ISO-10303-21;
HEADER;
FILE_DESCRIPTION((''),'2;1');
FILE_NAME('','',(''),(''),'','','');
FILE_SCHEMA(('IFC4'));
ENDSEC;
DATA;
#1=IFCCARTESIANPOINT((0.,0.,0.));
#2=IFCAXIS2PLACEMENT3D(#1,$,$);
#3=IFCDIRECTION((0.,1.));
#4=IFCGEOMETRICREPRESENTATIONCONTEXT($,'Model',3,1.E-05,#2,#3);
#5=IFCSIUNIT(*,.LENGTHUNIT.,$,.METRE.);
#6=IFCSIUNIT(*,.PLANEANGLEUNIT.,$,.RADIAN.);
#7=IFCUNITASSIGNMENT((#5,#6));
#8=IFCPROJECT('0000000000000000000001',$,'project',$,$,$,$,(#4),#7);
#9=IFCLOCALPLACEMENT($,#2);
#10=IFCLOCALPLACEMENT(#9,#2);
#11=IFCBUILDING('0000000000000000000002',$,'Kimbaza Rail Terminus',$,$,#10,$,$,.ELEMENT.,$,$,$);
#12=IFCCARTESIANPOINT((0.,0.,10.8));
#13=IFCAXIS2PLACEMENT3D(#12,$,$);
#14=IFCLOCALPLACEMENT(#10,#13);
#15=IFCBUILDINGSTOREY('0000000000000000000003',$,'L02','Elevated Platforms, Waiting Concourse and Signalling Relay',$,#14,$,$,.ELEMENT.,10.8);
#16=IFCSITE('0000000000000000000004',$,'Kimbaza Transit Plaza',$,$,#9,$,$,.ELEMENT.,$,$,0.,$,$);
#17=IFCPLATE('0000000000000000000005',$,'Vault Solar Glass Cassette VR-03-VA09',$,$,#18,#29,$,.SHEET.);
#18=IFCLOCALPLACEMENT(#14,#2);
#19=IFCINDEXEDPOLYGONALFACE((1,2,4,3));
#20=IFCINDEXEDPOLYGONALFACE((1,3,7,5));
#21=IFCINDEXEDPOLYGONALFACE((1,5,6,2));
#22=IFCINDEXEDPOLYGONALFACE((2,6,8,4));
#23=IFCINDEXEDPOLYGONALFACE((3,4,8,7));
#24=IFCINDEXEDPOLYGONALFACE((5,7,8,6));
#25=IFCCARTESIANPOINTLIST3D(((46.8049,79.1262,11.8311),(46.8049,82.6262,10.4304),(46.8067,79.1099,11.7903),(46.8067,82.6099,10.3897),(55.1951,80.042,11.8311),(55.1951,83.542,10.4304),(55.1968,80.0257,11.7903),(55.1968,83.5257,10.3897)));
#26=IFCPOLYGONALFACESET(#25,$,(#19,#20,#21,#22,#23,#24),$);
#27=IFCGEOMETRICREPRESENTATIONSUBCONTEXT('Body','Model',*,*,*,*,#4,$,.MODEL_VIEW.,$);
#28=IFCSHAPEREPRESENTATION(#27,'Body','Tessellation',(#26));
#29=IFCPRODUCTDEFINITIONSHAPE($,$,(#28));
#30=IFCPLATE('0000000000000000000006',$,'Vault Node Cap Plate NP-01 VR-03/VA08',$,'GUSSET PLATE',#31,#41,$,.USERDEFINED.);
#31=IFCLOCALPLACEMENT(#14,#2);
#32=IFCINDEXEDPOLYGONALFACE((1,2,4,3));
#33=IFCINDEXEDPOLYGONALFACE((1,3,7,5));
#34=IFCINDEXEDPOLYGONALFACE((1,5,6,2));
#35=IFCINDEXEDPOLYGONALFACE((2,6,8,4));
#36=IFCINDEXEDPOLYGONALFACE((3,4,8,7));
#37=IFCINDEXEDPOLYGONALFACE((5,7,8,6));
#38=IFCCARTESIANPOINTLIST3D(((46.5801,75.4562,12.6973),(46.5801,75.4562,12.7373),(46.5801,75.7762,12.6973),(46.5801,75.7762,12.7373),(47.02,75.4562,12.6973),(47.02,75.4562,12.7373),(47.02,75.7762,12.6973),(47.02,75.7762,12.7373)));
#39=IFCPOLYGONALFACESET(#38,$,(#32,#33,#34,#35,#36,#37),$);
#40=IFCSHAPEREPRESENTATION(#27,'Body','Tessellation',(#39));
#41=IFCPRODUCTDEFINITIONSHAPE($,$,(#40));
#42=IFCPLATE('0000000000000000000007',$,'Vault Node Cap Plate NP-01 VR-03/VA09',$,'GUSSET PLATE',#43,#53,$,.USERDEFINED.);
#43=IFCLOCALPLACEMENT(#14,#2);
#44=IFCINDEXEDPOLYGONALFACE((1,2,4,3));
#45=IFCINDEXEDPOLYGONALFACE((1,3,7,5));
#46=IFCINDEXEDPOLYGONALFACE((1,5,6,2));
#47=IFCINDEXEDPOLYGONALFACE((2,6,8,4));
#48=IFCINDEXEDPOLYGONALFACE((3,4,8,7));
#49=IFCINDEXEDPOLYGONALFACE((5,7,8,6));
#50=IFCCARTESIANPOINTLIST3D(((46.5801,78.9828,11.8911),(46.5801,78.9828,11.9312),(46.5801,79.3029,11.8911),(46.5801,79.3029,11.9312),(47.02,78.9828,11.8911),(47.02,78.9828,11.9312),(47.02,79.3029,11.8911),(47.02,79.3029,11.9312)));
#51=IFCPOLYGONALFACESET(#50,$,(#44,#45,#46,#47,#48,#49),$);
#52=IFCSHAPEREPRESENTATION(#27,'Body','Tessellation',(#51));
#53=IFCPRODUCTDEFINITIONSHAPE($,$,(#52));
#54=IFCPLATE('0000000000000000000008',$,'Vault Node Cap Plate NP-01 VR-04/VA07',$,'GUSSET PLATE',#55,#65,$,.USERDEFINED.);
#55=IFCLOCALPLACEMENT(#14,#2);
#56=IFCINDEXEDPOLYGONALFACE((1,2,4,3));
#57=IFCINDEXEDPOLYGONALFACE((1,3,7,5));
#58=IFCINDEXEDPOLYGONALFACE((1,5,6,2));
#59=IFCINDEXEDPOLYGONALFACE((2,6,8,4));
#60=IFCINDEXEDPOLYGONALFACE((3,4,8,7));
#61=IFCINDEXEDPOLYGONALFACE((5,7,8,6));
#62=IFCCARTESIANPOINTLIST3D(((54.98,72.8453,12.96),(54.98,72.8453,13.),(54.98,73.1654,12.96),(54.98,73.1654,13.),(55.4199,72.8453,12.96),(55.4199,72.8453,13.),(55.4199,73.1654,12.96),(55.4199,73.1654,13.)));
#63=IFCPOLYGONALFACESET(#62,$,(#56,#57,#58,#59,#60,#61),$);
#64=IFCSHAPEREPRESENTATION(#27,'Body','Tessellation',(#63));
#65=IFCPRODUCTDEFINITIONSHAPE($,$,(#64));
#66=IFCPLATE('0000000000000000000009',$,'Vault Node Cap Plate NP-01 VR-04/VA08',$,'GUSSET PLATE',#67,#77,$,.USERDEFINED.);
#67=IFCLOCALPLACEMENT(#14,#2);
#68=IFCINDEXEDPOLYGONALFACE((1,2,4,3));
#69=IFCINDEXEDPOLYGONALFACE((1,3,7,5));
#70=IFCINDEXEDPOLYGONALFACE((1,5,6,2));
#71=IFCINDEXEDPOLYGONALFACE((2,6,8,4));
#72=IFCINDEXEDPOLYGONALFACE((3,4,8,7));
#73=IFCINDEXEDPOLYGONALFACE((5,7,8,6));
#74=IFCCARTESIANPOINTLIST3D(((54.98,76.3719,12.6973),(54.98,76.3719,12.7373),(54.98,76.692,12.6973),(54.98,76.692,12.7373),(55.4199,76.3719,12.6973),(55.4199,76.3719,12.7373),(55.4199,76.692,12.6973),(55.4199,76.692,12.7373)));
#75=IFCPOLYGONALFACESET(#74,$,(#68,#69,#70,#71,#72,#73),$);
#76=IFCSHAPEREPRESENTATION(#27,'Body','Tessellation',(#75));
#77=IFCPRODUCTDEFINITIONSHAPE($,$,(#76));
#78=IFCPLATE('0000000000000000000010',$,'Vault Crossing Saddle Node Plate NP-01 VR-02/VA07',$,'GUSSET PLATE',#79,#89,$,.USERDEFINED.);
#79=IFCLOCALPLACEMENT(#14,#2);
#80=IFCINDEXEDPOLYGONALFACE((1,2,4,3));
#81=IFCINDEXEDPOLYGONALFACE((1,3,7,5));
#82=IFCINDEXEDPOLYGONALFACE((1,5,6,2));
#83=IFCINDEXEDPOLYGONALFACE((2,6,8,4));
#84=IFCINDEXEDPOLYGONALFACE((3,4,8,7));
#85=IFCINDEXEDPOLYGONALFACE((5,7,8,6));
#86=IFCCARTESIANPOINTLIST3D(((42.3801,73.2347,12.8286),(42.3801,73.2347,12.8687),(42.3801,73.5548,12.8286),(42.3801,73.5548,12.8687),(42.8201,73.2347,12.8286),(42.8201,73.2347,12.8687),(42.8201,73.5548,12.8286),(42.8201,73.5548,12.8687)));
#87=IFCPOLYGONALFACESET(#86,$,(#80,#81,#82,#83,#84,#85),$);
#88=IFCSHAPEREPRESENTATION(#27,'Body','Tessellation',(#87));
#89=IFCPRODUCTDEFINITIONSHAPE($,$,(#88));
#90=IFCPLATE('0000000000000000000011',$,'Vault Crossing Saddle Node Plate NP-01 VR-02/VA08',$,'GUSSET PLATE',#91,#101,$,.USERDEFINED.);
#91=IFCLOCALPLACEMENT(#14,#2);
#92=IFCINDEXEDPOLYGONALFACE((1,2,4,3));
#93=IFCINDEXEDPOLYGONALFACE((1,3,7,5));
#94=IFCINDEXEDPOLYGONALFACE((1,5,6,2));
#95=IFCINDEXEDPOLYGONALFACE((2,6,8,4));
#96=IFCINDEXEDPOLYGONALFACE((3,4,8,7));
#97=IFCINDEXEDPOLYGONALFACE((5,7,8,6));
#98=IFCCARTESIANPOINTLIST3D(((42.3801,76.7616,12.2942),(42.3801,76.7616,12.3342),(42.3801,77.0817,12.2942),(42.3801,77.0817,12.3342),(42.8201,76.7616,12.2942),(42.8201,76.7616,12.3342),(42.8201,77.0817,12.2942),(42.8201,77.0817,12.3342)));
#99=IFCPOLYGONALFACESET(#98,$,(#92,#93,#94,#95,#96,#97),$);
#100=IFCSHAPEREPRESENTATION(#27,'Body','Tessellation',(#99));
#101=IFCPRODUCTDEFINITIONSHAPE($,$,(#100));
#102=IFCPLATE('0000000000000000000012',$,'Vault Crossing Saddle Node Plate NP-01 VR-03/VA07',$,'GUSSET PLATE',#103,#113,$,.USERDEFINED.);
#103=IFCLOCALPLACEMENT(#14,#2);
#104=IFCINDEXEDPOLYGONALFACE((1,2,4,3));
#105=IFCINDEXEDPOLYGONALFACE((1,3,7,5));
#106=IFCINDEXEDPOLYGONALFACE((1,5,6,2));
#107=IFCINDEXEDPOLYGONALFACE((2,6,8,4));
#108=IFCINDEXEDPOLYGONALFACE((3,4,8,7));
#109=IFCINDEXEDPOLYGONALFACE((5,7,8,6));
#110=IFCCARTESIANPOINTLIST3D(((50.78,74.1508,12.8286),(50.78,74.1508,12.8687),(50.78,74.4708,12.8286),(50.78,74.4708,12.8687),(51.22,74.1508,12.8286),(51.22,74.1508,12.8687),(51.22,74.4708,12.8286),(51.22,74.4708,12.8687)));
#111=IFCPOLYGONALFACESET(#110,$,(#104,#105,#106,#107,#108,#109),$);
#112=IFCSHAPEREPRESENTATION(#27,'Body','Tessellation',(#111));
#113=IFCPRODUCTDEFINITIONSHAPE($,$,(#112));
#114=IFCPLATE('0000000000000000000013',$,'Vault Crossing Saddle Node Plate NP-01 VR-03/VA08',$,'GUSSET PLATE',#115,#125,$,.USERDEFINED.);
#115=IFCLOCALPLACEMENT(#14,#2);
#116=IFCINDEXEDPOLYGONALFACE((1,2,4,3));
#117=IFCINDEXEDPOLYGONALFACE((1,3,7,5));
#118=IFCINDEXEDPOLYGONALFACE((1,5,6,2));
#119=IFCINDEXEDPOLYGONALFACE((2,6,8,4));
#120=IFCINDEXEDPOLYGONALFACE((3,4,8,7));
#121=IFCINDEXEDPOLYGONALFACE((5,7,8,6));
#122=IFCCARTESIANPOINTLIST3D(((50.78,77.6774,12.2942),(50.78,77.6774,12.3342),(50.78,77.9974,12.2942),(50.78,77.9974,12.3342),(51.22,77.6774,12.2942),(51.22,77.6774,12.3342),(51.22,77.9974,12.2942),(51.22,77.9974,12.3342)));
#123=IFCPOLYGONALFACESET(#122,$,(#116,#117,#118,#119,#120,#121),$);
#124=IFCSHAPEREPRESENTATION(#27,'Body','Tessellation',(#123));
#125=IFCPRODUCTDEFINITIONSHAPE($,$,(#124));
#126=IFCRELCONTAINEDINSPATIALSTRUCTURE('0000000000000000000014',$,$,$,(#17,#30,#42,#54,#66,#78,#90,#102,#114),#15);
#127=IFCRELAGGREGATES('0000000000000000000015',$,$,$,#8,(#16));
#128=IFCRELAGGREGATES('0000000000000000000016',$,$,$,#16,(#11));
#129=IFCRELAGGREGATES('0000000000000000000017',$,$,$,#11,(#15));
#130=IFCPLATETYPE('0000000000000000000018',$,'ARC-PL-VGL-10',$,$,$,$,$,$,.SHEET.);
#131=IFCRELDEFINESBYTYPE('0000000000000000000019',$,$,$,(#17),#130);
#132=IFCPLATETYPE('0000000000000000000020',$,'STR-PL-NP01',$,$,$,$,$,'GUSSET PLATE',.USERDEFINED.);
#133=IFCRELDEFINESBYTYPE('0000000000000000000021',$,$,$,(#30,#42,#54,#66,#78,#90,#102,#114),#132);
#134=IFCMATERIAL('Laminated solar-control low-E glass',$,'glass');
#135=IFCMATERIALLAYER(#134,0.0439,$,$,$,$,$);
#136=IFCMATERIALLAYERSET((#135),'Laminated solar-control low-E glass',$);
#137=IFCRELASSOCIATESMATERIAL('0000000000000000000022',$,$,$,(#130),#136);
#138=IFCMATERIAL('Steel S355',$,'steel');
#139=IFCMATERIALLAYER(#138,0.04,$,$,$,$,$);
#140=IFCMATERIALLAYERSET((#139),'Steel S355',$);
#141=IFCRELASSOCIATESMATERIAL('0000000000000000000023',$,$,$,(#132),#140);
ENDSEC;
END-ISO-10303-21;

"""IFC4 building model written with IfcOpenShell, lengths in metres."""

from ifc_helpers import new_model, si_unit, direction, frame, origin, origin_2d, place, context, subcontext, project, spatial, polyline, rectangle, outline, extrude, material, layer, layer_set, type_object, element, save


model = new_model("IFC4")

# Units and contexts
model_context = context("Model", 3, precision=1e-05, world=origin(), true_north=direction((0.0, 1.0)))
body_context = subcontext(model_context, "Body", "Model", "MODEL_VIEW")
ifc_project = project(units=[si_unit("LENGTHUNIT", "METRE"), si_unit("PLANEANGLEUNIT", "RADIAN")], contexts=[model_context])

# Site, building, storey
site_placement = place(None, origin())
site = spatial("IfcSite", under=ifc_project, at=site_placement, Name="Kimbaza Transit Plaza", CompositionType="ELEMENT", RefElevation=0.0)
building_placement = place(site_placement, origin())
building = spatial("IfcBuilding", under=site, at=building_placement, Name="Kimbaza Rail Terminus", CompositionType="ELEMENT")
storey_placement = place(building_placement, frame((0.0, 0.0, 10.8)))
storey = spatial("IfcBuildingStorey", under=building, at=storey_placement, Name="L02", Description="Elevated Platforms, Waiting Concourse and Signalling Relay", CompositionType="ELEMENT", Elevation=10.8)

# Plates
ifc_material_1 = material(Name="Laminated solar-control low-E glass", Category="glass")
ifc_layer_1 = layer(ifc_material_1, 0.0439)
ifc_layer_set_1 = layer_set([ifc_layer_1], Name="Laminated solar-control low-E glass")
plate_type_1 = type_object("IfcPlateType", Name="ARC-PL-VGL-10", PredefinedType="SHEET", material=ifc_layer_set_1)
plate_1_placement = place(storey_placement, frame((46.8049, 79.1262, 11.8311), z_axis=(-0.040519, 0.371231, 0.927656), x_axis=(0.994096, 0.108504, 0.0)))
element("IfcPlate", 1, at=plate_1_placement, inside=storey, type_object=plate_type_1, Name="Vault Solar Glass Cassette VR-03-VA09", PredefinedType="SHEET", context=body_context, shape_type="SweptSolid", body=[
    extrude(outline(polyline([(0.0, 0.0), (8.44, 0.0), (8.8197, 3.7507), (0.3798, 3.7507), (0.0, 0.0)])), origin(), (0.0, 0.0, -1.0), 0.0439),
])
ifc_material_2 = material(Name="Steel S355", Category="steel")
ifc_layer_2 = layer(ifc_material_2, 0.04)
ifc_layer_set_2 = layer_set([ifc_layer_2], Name="Steel S355")
plate_type_2 = type_object("IfcPlateType", Name="STR-PL-NP01", ElementType="GUSSET PLATE", PredefinedType="USERDEFINED", material=ifc_layer_set_2)
for number, where, z_axis, x_axis, name in (
    (2, (46.8, 75.6162, 12.6973), (0.0, 0.0, 1.0), (1.0, 0.0, 0.0), "Vault Node Cap Plate NP-01 VR-03/VA08"),
    (3, (46.8, 79.1428, 11.8911), (0.0, 0.0, 1.0), (1.0, 0.0, 0.0), "Vault Node Cap Plate NP-01 VR-03/VA09"),
    (4, (55.2, 73.0054, 12.96), (0.0, 0.0, 1.0), (1.0, 0.0, 0.0), "Vault Node Cap Plate NP-01 VR-04/VA07"),
    (5, (55.2, 76.532, 12.6973), (0.0, 0.0, 1.0), (1.0, 0.0, 0.0), "Vault Node Cap Plate NP-01 VR-04/VA08"),
    (6, (42.6001, 73.3948, 12.8286), (0.0, 0.0, 1.0), (1.0, 0.0, 0.0), "Vault Crossing Saddle Node Plate NP-01 VR-02/VA07"),
    (7, (42.6001, 76.9216, 12.2942), (0.0, 0.0, 1.0), (1.0, 0.0, 0.0), "Vault Crossing Saddle Node Plate NP-01 VR-02/VA08"),
    (8, (51.0, 74.3108, 12.8286), (0.0, 0.0, 1.0), (1.0, 0.0, 0.0), "Vault Crossing Saddle Node Plate NP-01 VR-03/VA07"),
    (9, (51.0, 77.8374, 12.2942), (0.0, 0.0, 1.0), (1.0, 0.0, 0.0), "Vault Crossing Saddle Node Plate NP-01 VR-03/VA08"),
):
    element("IfcPlate", number, at=place(storey_placement, frame(where, z_axis=z_axis, x_axis=x_axis)), inside=storey, type_object=plate_type_2, Name=name, ObjectType="GUSSET PLATE", PredefinedType="USERDEFINED", context=body_context, shape_type="SweptSolid", body=[
        extrude(rectangle(XDim=0.4399, YDim=0.3201, at=origin_2d()), origin(), (0.0, 0.0, 1.0), 0.04),
    ])

save(model, "model.ifc")
